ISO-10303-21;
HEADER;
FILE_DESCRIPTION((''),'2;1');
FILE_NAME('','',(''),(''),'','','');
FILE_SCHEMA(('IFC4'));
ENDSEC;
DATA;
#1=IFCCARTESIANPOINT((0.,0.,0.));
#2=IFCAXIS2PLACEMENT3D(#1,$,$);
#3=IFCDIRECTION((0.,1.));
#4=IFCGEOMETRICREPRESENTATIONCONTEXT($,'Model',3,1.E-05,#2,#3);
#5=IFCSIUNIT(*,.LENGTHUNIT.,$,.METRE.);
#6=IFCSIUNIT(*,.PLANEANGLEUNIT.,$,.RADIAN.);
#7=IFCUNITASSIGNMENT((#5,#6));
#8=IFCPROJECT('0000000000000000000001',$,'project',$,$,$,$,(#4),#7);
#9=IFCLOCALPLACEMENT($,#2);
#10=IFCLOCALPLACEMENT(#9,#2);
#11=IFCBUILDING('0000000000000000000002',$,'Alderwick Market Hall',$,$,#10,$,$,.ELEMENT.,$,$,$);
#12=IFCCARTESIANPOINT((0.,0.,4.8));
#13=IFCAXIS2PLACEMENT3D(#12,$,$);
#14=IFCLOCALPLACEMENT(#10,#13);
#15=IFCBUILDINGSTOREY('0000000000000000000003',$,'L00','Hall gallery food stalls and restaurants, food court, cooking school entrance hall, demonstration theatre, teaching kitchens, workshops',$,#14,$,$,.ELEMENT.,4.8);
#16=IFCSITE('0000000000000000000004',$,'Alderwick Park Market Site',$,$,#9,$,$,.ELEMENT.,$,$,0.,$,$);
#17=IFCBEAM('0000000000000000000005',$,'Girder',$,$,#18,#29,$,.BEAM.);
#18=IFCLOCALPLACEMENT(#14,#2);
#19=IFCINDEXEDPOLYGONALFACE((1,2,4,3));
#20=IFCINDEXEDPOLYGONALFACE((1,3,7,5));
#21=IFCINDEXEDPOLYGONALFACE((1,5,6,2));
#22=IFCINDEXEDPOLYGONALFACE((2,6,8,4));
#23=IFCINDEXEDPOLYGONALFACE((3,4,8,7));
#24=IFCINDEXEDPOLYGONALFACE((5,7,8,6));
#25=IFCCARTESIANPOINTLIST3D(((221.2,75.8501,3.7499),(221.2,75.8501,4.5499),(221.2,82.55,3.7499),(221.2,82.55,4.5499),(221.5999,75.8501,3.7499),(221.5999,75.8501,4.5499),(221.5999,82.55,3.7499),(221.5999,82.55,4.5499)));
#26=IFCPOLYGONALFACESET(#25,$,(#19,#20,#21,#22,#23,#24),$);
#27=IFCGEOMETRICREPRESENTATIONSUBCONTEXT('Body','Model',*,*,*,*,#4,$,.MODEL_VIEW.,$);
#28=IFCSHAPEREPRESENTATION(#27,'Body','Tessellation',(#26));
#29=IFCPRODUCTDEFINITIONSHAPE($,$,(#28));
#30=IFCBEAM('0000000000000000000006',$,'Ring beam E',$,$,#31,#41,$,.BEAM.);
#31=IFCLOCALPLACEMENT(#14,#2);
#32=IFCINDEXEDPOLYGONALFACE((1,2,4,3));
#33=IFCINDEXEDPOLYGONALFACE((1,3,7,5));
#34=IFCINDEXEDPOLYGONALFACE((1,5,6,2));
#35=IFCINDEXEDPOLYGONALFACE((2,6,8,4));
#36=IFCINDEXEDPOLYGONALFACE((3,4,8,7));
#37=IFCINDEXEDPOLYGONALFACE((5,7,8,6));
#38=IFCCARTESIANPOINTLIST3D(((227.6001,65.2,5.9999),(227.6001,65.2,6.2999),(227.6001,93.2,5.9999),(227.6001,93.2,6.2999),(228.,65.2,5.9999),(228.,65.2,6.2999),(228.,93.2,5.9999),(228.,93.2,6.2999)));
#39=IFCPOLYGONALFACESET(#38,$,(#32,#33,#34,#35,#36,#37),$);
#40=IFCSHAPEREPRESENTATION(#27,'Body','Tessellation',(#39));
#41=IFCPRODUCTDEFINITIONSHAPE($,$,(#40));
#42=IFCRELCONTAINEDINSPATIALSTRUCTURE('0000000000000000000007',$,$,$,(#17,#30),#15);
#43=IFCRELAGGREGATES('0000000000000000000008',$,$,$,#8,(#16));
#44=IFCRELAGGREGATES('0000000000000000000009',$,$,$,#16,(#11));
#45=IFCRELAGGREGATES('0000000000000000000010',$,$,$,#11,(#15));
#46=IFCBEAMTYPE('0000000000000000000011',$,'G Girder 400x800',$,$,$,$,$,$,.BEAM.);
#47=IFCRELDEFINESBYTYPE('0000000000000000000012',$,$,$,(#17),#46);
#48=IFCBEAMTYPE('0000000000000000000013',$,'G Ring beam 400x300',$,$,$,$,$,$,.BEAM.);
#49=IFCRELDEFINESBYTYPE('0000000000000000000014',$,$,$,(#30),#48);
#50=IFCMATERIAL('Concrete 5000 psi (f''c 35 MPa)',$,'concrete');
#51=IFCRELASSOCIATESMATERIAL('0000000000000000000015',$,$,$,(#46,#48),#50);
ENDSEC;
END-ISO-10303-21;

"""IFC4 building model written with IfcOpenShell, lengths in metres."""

from ifc_helpers import new_model, si_unit, direction, frame, origin, origin_2d, place, context, subcontext, project, spatial, rectangle, extrude, material, material_profile, profile_set, type_object, element, save


model = new_model("IFC4")

# Units and contexts
model_context = context("Model", 3, precision=1e-05, world=origin(), true_north=direction((0.0, 1.0)))
body_context = subcontext(model_context, "Body", "Model", "MODEL_VIEW")
ifc_project = project(units=[si_unit("LENGTHUNIT", "METRE"), si_unit("PLANEANGLEUNIT", "RADIAN")], contexts=[model_context])

# Site, building, storey
site_placement = place(None, origin())
site = spatial("IfcSite", under=ifc_project, at=site_placement, Name="Alderwick Park Market Site", CompositionType="ELEMENT", RefElevation=0.0)
building_placement = place(site_placement, origin())
building = spatial("IfcBuilding", under=site, at=building_placement, Name="Alderwick Market Hall", CompositionType="ELEMENT")
storey_placement = place(building_placement, frame((0.0, 0.0, 4.8)))
storey = spatial("IfcBuildingStorey", under=building, at=storey_placement, Name="L00", Description="Hall gallery food stalls and restaurants, food court, cooking school entrance hall, demonstration theatre, teaching kitchens, workshops", CompositionType="ELEMENT", Elevation=4.8)

# Shared definitions
ifc_material_1 = material(Name="Concrete 5000 psi (f'c 35 MPa)", Category="concrete")

# Beams
ifc_material_profile_1 = material_profile(ifc_material_1, rectangle(XDim=0.3999, YDim=0.8, at=origin_2d()), Name="RC 400x800")
ifc_profile_set_1 = profile_set([ifc_material_profile_1], Name="Concrete 5000 psi (f'c 35 MPa)")
beam_type_1 = type_object("IfcBeamType", Name="G Girder 400x800", PredefinedType="BEAM", material=ifc_profile_set_1)
beam_1_placement = place(storey_placement, frame((221.3999, 75.8501, 4.1499), z_axis=(0.0, 1.0, 0.0), x_axis=(-1.0, 0.0, 0.0)))
element("IfcBeam", 1, at=beam_1_placement, inside=storey, type_object=beam_type_1, Name="Girder", PredefinedType="BEAM", context=body_context, shape_type="SweptSolid", body=[
    extrude(rectangle(XDim=0.3999, YDim=0.8, at=origin_2d()), origin(), (0.0, 0.0, 1.0), 6.7),
])
ifc_material_profile_2 = material_profile(ifc_material_1, rectangle(XDim=0.3999, YDim=0.3, at=origin_2d()), Name="RC 400x300")
ifc_profile_set_2 = profile_set([ifc_material_profile_2], Name="Concrete 5000 psi (f'c 35 MPa)")
beam_type_2 = type_object("IfcBeamType", Name="G Ring beam 400x300", PredefinedType="BEAM", material=ifc_profile_set_2)
beam_2_placement = place(storey_placement, frame((227.8, 65.2, 6.1499), z_axis=(0.0, 1.0, 0.0), x_axis=(-1.0, 0.0, 0.0)))
element("IfcBeam", 2, at=beam_2_placement, inside=storey, type_object=beam_type_2, Name="Ring beam E", PredefinedType="BEAM", context=body_context, shape_type="SweptSolid", body=[
    extrude(rectangle(XDim=0.3999, YDim=0.3, at=origin_2d()), origin(), (0.0, 0.0, 1.0), 28.0),
])

save(model, "model.ifc")
